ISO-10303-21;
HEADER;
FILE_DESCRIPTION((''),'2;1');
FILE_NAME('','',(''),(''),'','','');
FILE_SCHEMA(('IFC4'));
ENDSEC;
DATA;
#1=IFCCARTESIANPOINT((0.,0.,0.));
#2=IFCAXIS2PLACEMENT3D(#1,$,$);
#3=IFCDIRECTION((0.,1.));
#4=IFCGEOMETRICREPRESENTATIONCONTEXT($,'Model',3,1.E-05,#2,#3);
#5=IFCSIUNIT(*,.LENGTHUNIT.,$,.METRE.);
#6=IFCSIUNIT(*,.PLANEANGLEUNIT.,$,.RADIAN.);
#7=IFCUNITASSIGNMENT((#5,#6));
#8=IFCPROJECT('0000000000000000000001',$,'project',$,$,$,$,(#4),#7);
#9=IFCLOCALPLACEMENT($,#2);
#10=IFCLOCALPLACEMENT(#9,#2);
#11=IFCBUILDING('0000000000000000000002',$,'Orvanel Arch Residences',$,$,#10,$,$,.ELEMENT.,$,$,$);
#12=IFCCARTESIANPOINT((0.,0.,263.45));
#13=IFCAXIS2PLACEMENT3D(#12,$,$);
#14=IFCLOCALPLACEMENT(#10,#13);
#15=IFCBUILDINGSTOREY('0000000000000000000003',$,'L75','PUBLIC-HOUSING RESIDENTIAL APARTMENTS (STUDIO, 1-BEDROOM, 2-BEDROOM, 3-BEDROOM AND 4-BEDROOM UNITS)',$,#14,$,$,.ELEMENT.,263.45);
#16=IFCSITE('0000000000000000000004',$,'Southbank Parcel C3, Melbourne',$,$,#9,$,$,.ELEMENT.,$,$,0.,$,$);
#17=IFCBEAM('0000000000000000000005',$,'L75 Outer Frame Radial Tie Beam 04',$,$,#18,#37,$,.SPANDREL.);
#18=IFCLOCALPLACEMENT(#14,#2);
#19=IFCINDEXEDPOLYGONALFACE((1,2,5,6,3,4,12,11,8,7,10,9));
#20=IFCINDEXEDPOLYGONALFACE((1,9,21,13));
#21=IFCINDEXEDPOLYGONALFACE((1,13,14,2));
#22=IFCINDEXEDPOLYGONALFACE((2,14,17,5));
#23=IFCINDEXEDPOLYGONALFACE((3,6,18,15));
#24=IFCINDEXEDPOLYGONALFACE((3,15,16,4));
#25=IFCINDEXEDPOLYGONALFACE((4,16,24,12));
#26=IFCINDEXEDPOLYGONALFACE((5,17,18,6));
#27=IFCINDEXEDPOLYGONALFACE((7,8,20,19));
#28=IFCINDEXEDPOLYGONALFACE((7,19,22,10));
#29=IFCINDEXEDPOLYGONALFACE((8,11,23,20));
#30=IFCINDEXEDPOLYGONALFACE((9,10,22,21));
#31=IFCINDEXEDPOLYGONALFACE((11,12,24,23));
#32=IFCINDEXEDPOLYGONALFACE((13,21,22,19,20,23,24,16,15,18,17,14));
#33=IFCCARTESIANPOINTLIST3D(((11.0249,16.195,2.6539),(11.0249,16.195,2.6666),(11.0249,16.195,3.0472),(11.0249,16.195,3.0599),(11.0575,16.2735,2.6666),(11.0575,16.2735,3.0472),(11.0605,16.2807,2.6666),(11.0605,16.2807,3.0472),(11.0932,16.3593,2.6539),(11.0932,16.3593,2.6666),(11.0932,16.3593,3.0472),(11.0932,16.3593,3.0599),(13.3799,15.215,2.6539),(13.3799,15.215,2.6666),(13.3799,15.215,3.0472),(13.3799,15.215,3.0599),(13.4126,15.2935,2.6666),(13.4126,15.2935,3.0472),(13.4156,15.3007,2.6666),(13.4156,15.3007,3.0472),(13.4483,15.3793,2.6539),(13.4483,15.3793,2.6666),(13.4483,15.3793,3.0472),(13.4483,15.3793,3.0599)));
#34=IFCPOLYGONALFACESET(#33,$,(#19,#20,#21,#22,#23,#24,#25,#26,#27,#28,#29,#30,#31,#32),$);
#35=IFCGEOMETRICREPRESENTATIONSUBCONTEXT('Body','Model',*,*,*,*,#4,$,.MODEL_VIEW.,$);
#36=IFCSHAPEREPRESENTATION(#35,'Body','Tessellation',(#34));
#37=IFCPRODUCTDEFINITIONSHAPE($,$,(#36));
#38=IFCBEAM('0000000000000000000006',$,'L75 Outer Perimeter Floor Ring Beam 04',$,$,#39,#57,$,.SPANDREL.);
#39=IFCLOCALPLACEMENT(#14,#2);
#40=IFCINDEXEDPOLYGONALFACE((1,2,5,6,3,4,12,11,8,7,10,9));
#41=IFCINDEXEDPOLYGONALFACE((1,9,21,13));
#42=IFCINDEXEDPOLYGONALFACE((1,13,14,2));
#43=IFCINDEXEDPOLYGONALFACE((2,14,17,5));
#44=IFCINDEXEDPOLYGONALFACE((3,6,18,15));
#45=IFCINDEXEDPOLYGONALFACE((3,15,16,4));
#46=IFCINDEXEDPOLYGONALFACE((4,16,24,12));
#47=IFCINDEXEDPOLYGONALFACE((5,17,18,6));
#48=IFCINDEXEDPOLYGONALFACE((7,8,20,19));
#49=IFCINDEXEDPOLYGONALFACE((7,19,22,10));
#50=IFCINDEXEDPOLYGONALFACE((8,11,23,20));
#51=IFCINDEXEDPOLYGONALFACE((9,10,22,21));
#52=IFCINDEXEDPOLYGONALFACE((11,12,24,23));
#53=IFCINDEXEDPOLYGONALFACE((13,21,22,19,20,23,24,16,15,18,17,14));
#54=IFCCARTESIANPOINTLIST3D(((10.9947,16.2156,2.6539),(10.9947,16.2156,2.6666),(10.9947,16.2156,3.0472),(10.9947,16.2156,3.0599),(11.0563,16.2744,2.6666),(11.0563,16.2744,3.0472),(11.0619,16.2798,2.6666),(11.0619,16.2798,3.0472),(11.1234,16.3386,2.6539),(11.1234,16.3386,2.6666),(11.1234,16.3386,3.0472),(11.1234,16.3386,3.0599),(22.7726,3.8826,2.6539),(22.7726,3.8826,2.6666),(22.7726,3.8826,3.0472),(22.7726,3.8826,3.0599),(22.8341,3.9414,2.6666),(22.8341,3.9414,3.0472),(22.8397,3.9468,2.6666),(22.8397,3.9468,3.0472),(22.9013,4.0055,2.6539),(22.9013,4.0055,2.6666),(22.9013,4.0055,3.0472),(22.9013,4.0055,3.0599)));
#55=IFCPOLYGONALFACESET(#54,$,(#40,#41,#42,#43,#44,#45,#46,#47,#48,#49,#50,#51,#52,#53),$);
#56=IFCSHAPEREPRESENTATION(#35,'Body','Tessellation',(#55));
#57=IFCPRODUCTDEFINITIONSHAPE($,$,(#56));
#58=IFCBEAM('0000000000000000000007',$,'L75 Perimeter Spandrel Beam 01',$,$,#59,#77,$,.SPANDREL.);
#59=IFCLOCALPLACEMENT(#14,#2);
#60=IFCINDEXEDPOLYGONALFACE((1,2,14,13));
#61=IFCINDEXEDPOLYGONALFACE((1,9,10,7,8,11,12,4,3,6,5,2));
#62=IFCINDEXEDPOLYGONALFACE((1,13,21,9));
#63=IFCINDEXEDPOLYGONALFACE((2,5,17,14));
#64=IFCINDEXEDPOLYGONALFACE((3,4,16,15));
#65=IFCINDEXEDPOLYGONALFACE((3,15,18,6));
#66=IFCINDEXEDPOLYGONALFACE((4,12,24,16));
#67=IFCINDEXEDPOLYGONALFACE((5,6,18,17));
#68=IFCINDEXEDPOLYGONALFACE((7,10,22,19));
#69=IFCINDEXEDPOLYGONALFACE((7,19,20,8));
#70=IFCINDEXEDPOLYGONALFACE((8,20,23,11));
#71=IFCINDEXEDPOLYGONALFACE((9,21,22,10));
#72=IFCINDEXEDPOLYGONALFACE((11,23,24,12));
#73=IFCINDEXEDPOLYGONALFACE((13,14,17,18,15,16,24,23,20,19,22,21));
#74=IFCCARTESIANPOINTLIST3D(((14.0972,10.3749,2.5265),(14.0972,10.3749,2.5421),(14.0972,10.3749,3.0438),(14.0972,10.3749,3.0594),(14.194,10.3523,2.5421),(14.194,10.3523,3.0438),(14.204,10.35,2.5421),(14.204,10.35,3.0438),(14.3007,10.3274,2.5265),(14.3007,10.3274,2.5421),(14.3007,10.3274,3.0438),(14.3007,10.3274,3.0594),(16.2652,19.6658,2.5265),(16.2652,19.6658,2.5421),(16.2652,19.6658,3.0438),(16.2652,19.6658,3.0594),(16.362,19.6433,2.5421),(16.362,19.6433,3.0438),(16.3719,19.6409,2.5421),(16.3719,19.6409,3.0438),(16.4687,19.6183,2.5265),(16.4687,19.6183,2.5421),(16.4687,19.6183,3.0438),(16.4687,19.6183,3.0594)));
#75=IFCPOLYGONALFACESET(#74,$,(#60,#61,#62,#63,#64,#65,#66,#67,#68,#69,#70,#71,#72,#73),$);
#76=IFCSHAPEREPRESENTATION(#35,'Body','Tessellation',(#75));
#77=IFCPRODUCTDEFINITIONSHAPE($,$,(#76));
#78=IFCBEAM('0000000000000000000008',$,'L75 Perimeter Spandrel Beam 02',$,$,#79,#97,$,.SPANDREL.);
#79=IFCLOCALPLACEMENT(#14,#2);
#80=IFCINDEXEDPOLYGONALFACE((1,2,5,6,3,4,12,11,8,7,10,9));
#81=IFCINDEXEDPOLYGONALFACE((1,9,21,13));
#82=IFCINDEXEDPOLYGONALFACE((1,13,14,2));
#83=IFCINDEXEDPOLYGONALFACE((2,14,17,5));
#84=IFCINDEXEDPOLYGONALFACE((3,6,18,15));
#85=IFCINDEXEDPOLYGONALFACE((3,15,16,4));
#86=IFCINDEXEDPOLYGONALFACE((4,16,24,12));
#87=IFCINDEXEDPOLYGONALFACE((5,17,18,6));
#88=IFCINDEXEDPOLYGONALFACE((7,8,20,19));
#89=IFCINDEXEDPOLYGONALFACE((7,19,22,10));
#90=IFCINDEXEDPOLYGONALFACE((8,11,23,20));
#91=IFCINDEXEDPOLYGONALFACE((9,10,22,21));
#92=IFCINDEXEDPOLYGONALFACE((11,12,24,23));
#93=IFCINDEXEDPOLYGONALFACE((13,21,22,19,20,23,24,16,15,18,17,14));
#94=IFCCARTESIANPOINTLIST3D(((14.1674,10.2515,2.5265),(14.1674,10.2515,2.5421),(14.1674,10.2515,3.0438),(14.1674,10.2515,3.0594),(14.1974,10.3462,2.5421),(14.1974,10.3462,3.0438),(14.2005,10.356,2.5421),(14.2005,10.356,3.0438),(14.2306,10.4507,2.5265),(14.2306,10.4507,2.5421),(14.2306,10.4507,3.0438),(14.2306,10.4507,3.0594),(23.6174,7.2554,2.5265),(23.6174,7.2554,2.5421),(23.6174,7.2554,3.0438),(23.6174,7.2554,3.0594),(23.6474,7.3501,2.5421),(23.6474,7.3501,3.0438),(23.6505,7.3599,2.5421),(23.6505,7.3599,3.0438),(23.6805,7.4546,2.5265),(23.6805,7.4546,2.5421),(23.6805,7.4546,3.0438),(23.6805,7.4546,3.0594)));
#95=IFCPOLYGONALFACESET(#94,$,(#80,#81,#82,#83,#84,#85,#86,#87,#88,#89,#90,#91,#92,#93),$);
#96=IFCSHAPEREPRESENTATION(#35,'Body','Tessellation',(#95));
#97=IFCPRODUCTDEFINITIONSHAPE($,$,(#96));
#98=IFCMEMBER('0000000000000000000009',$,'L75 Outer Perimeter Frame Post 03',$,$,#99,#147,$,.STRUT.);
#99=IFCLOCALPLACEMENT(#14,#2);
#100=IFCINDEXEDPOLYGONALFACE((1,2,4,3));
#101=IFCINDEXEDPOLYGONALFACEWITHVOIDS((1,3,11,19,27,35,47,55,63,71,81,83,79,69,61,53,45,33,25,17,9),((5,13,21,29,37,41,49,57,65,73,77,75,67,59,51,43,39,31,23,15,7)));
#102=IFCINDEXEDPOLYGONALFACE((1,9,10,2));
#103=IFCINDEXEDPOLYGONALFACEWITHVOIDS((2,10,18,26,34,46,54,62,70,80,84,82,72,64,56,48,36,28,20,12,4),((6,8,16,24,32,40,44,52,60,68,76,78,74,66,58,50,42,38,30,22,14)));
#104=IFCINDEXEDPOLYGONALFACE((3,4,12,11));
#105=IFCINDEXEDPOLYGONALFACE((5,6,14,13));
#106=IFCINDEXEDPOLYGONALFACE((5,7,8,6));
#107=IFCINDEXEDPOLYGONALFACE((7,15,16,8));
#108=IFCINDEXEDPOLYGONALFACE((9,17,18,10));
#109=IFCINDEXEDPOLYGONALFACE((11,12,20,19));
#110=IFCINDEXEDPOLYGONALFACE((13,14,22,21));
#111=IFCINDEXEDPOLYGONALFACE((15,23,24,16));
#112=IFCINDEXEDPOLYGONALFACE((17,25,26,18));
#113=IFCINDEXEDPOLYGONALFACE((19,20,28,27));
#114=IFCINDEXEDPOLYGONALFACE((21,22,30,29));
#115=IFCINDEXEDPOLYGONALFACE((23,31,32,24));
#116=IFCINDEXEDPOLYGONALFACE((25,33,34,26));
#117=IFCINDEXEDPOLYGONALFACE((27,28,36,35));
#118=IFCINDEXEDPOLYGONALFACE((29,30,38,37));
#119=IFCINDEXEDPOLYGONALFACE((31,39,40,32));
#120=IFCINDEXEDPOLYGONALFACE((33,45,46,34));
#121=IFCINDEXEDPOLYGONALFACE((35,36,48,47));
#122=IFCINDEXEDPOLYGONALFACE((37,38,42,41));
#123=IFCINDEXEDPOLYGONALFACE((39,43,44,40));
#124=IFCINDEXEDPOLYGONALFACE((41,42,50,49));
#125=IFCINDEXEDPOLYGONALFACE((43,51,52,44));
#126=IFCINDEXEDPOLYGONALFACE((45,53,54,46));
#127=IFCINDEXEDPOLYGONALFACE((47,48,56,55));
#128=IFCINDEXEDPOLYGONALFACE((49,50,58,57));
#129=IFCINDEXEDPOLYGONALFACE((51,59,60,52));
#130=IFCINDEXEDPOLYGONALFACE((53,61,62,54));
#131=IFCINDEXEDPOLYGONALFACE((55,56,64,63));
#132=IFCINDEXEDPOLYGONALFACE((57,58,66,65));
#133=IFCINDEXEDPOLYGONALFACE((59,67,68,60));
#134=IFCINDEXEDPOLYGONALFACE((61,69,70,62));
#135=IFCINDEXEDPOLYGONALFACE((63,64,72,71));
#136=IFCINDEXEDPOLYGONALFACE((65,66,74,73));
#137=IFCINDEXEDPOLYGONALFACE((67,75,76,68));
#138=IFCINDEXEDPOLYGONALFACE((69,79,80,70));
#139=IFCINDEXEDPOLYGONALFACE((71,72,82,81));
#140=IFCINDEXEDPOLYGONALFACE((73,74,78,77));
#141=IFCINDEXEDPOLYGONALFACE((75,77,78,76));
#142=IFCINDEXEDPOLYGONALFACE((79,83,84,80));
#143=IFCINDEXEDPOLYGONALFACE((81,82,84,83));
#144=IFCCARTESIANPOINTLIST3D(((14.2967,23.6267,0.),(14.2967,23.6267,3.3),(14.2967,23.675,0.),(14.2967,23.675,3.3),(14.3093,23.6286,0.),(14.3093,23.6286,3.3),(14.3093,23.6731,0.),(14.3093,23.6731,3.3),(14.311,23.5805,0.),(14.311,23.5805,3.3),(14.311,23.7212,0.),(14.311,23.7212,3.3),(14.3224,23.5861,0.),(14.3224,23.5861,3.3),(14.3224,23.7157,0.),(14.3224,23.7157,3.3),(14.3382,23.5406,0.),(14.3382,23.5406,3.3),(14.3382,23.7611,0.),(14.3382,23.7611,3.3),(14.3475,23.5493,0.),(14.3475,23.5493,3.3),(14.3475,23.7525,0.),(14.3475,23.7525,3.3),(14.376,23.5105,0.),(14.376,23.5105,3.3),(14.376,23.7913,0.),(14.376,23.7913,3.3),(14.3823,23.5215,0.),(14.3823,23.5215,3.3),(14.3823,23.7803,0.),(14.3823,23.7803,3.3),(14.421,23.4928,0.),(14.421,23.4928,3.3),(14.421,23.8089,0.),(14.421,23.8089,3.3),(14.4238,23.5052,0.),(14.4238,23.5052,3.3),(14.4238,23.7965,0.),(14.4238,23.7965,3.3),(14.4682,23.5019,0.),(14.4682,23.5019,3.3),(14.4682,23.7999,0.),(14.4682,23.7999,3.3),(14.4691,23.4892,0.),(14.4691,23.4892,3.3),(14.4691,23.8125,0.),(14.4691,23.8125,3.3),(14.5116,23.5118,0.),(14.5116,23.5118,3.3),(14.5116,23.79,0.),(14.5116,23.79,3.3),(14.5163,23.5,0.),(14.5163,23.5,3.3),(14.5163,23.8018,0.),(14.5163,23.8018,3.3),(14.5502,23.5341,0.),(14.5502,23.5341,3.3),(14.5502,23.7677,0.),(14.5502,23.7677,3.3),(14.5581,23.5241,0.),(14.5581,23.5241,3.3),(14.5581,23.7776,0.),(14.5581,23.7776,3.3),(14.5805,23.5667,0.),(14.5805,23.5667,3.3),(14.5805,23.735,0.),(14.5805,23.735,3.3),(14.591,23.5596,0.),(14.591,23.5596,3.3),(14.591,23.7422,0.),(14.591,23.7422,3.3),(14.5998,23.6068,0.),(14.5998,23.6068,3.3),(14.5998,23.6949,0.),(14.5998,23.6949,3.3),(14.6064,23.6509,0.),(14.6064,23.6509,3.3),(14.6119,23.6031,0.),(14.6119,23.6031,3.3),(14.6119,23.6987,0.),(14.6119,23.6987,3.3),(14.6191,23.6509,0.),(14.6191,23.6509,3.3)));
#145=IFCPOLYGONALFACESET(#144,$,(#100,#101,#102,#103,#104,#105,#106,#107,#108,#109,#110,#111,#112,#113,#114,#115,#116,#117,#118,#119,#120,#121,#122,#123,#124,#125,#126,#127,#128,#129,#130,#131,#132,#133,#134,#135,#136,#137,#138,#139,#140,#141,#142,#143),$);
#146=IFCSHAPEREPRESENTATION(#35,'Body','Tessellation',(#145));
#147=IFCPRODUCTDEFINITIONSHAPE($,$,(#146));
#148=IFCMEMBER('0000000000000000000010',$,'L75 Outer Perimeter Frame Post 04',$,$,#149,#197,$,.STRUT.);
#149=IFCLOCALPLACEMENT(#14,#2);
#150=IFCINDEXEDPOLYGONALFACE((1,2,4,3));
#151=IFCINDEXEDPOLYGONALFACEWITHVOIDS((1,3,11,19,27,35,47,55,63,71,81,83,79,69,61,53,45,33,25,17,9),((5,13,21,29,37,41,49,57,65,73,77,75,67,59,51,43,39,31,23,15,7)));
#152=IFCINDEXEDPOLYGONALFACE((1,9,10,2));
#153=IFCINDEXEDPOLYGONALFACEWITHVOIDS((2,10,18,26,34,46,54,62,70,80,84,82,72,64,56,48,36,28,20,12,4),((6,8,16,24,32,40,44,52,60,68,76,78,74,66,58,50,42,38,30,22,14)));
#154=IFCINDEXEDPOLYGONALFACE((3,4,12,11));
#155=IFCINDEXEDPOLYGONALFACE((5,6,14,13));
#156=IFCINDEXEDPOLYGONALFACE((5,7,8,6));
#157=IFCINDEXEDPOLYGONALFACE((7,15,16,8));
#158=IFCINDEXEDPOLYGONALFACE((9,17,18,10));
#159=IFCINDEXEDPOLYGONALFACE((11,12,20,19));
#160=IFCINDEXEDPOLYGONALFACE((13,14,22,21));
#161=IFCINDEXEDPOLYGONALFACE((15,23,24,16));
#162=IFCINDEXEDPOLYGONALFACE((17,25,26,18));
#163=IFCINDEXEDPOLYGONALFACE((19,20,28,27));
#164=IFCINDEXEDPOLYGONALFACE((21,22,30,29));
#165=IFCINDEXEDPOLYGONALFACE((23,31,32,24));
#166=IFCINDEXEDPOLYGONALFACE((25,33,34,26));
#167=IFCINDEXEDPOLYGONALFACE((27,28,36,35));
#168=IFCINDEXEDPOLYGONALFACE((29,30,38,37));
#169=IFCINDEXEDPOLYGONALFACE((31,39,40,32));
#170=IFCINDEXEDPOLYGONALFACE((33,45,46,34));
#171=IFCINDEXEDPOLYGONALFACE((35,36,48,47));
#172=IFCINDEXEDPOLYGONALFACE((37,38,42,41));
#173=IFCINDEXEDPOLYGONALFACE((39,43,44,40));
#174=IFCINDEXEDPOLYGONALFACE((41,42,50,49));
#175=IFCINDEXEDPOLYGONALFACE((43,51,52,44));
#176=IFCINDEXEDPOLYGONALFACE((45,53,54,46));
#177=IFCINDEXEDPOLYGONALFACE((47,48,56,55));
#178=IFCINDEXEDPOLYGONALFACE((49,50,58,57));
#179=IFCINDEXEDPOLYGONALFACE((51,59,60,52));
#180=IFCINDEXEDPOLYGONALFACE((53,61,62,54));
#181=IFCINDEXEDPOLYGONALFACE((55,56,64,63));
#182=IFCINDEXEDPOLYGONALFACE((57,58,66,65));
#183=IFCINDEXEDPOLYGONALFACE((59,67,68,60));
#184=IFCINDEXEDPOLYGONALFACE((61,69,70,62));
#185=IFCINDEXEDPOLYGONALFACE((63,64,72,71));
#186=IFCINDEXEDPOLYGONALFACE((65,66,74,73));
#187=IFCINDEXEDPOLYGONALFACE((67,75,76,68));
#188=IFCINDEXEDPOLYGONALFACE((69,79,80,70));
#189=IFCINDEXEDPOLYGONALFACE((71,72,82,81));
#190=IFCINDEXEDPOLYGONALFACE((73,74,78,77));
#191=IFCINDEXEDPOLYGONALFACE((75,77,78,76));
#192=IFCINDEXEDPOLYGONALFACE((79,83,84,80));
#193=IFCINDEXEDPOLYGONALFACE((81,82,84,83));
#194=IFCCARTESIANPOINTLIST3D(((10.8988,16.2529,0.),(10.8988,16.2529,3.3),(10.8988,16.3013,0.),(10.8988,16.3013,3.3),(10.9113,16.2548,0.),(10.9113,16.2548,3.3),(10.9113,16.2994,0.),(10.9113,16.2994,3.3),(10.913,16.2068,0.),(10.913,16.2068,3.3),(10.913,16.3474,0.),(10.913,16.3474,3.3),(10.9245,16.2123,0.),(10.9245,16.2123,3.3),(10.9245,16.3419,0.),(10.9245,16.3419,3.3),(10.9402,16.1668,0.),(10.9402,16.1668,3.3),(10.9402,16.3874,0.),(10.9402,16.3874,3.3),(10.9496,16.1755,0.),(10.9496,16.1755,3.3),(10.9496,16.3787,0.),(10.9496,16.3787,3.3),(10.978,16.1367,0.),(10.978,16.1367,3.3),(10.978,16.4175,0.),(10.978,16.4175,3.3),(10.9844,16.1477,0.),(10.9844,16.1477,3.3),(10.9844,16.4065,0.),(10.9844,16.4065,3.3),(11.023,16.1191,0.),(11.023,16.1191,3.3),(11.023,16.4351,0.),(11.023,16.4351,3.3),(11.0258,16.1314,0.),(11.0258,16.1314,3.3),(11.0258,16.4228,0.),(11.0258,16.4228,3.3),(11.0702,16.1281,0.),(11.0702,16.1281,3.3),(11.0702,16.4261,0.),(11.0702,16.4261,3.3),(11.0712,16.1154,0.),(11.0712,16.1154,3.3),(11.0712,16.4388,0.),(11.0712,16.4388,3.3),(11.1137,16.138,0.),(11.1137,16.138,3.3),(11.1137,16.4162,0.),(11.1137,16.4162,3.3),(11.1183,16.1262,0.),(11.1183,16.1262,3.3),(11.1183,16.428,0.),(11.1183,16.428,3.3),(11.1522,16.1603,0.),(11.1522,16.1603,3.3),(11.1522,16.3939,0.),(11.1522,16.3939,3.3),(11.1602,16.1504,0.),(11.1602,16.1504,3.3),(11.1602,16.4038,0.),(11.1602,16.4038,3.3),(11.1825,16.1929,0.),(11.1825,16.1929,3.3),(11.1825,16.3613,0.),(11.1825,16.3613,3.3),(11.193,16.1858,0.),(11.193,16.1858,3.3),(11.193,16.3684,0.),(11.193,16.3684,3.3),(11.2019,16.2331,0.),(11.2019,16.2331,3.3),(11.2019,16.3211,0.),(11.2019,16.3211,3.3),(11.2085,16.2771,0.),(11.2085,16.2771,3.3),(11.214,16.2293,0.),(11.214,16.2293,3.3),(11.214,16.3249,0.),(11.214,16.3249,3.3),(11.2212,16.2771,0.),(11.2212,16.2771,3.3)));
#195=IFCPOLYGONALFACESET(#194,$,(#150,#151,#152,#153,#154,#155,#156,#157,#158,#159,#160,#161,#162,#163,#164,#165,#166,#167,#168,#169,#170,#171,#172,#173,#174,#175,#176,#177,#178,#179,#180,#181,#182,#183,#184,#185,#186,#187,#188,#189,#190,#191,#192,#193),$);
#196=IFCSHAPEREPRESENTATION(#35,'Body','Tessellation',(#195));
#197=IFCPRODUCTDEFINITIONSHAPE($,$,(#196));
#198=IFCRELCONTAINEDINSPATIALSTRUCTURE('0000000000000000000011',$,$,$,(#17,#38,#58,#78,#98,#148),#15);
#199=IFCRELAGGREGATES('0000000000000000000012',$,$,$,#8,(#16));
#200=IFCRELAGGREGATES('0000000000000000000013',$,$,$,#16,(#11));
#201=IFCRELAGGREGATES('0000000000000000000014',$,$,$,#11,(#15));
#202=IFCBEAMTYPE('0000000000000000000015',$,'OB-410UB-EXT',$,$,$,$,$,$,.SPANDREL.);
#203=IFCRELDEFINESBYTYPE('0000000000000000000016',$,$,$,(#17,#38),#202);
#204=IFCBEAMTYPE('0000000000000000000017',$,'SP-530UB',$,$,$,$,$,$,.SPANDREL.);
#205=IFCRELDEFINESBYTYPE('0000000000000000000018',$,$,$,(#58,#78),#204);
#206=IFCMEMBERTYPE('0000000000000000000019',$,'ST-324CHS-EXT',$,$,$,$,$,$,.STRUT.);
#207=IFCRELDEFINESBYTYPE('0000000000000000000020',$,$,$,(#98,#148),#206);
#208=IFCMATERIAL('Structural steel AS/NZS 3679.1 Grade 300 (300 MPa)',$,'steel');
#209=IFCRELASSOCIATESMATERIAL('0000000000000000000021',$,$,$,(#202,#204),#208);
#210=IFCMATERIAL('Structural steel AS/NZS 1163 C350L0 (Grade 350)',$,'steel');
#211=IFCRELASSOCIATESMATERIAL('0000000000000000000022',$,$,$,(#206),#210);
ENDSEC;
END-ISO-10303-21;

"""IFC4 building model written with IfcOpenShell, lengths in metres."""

from ifc_helpers import new_model, si_unit, direction, frame, origin, origin_2d, place, context, subcontext, project, spatial, hollow_circle, i_section, extrude, material, material_profile, profile_set, type_object, element, save


model = new_model("IFC4")

# Units and contexts
model_context = context("Model", 3, precision=1e-05, world=origin(), true_north=direction((0.0, 1.0)))
body_context = subcontext(model_context, "Body", "Model", "MODEL_VIEW")
ifc_project = project(units=[si_unit("LENGTHUNIT", "METRE"), si_unit("PLANEANGLEUNIT", "RADIAN")], contexts=[model_context])

# Site, building, storey
site_placement = place(None, origin())
site = spatial("IfcSite", under=ifc_project, at=site_placement, Name="Southbank Parcel C3, Melbourne", CompositionType="ELEMENT", RefElevation=0.0)
building_placement = place(site_placement, origin())
building = spatial("IfcBuilding", under=site, at=building_placement, Name="Orvanel Arch Residences", CompositionType="ELEMENT")
storey_placement = place(building_placement, frame((0.0, 0.0, 263.45)))
storey = spatial("IfcBuildingStorey", under=building, at=storey_placement, Name="L75", Description="PUBLIC-HOUSING RESIDENTIAL APARTMENTS (STUDIO, 1-BEDROOM, 2-BEDROOM, 3-BEDROOM AND 4-BEDROOM UNITS)", CompositionType="ELEMENT", Elevation=263.45)

# Beams
ifc_material_1 = material(Name="Structural steel AS/NZS 3679.1 Grade 300 (300 MPa)", Category="steel")
ifc_material_profile_1 = material_profile(ifc_material_1, i_section(OverallWidth=0.178, OverallDepth=0.406, WebThickness=0.0078, FlangeThickness=0.0127, at=origin_2d()), Name="410UB59.7")
ifc_profile_set_1 = profile_set([ifc_material_profile_1], Name="Structural steel AS/NZS 3679.1 Grade 300 (300 MPa)")
beam_type_1 = type_object("IfcBeamType", Name="OB-410UB-EXT", PredefinedType="SPANDREL", material=ifc_profile_set_1)
beam_1_placement = place(storey_placement, frame((13.4141, 15.2971, 2.8569), z_axis=(-0.923252, 0.384194, 0.0), x_axis=(-0.384194, -0.923252, 0.0)))
element("IfcBeam", 1, at=beam_1_placement, inside=storey, type_object=beam_type_1, Name="L75 Outer Frame Radial Tie Beam 04", PredefinedType="SPANDREL", context=body_context, shape_type="SweptSolid", body=[
    extrude(i_section(OverallWidth=0.178, OverallDepth=0.406, WebThickness=0.0078, FlangeThickness=0.0127, at=origin_2d()), origin(), (0.0, 0.0, 1.0), 2.5508),
])
beam_2_placement = place(storey_placement, frame((11.0591, 16.2771, 2.8569), z_axis=(0.690642, -0.723197, 0.0), x_axis=(0.723197, 0.690642, 0.0)))
element("IfcBeam", 2, at=beam_2_placement, inside=storey, type_object=beam_type_1, Name="L75 Outer Perimeter Floor Ring Beam 04", PredefinedType="SPANDREL", context=body_context, shape_type="SweptSolid", body=[
    extrude(i_section(OverallWidth=0.178, OverallDepth=0.406, WebThickness=0.0078, FlangeThickness=0.0127, at=origin_2d()), origin(), (0.0, 0.0, 1.0), 17.0535),
])
ifc_material_profile_2 = material_profile(ifc_material_1, i_section(OverallWidth=0.209, OverallDepth=0.533, WebThickness=0.0103, FlangeThickness=0.0156, at=origin_2d()), Name="530UB92.4")
ifc_profile_set_2 = profile_set([ifc_material_profile_2], Name="Structural steel AS/NZS 3679.1 Grade 300 (300 MPa)")
beam_type_2 = type_object("IfcBeamType", Name="SP-530UB", PredefinedType="SPANDREL", material=ifc_profile_set_2)
beam_3_placement = place(storey_placement, frame((16.3669, 19.6421, 2.793), z_axis=(-0.227236, -0.97384, 0.0), x_axis=(0.97384, -0.227236, 0.0)))
element("IfcBeam", 3, at=beam_3_placement, inside=storey, type_object=beam_type_2, Name="L75 Perimeter Spandrel Beam 01", PredefinedType="SPANDREL", context=body_context, shape_type="SweptSolid", body=[
    extrude(i_section(OverallWidth=0.209, OverallDepth=0.533, WebThickness=0.0103, FlangeThickness=0.0156, at=origin_2d()), origin(), (0.0, 0.0, 1.0), 9.5405),
])
beam_4_placement = place(storey_placement, frame((14.199, 10.3511, 2.793), z_axis=(0.953237, -0.302223, 0.0), x_axis=(0.302223, 0.953237, 0.0)))
element("IfcBeam", 4, at=beam_4_placement, inside=storey, type_object=beam_type_2, Name="L75 Perimeter Spandrel Beam 02", PredefinedType="SPANDREL", context=body_context, shape_type="SweptSolid", body=[
    extrude(i_section(OverallWidth=0.209, OverallDepth=0.533, WebThickness=0.0103, FlangeThickness=0.0156, at=origin_2d()), origin(), (0.0, 0.0, 1.0), 9.9136),
])

# Members
ifc_material_2 = material(Name="Structural steel AS/NZS 1163 C350L0 (Grade 350)", Category="steel")
ifc_material_profile_3 = material_profile(ifc_material_2, hollow_circle(Radius=0.1621, WallThickness=0.0127, at=origin_2d()), Name="CHS324x12.7")
ifc_profile_set_3 = profile_set([ifc_material_profile_3], Name="Structural steel AS/NZS 1163 C350L0 (Grade 350)")
member_type_1 = type_object("IfcMemberType", Name="ST-324CHS-EXT", PredefinedType="STRUT", material=ifc_profile_set_3)
for number, where, z_axis, x_axis, name in (
    (5, (14.457, 23.6509, 0.0), (0.0, 0.0, 1.0), (1.0, 0.0, 0.0), "L75 Outer Perimeter Frame Post 03"),
    (6, (11.0591, 16.2771, 0.0), (0.0, 0.0, 1.0), (1.0, 0.0, 0.0), "L75 Outer Perimeter Frame Post 04"),
):
    element("IfcMember", number, at=place(storey_placement, frame(where, z_axis=z_axis, x_axis=x_axis)), inside=storey, type_object=member_type_1, Name=name, PredefinedType="STRUT", context=body_context, shape_type="SweptSolid", body=[
        extrude(hollow_circle(Radius=0.1621, WallThickness=0.0127, at=origin_2d()), origin(), (0.0, 0.0, 1.0), 3.3),
    ])

save(model, "model.ifc")
